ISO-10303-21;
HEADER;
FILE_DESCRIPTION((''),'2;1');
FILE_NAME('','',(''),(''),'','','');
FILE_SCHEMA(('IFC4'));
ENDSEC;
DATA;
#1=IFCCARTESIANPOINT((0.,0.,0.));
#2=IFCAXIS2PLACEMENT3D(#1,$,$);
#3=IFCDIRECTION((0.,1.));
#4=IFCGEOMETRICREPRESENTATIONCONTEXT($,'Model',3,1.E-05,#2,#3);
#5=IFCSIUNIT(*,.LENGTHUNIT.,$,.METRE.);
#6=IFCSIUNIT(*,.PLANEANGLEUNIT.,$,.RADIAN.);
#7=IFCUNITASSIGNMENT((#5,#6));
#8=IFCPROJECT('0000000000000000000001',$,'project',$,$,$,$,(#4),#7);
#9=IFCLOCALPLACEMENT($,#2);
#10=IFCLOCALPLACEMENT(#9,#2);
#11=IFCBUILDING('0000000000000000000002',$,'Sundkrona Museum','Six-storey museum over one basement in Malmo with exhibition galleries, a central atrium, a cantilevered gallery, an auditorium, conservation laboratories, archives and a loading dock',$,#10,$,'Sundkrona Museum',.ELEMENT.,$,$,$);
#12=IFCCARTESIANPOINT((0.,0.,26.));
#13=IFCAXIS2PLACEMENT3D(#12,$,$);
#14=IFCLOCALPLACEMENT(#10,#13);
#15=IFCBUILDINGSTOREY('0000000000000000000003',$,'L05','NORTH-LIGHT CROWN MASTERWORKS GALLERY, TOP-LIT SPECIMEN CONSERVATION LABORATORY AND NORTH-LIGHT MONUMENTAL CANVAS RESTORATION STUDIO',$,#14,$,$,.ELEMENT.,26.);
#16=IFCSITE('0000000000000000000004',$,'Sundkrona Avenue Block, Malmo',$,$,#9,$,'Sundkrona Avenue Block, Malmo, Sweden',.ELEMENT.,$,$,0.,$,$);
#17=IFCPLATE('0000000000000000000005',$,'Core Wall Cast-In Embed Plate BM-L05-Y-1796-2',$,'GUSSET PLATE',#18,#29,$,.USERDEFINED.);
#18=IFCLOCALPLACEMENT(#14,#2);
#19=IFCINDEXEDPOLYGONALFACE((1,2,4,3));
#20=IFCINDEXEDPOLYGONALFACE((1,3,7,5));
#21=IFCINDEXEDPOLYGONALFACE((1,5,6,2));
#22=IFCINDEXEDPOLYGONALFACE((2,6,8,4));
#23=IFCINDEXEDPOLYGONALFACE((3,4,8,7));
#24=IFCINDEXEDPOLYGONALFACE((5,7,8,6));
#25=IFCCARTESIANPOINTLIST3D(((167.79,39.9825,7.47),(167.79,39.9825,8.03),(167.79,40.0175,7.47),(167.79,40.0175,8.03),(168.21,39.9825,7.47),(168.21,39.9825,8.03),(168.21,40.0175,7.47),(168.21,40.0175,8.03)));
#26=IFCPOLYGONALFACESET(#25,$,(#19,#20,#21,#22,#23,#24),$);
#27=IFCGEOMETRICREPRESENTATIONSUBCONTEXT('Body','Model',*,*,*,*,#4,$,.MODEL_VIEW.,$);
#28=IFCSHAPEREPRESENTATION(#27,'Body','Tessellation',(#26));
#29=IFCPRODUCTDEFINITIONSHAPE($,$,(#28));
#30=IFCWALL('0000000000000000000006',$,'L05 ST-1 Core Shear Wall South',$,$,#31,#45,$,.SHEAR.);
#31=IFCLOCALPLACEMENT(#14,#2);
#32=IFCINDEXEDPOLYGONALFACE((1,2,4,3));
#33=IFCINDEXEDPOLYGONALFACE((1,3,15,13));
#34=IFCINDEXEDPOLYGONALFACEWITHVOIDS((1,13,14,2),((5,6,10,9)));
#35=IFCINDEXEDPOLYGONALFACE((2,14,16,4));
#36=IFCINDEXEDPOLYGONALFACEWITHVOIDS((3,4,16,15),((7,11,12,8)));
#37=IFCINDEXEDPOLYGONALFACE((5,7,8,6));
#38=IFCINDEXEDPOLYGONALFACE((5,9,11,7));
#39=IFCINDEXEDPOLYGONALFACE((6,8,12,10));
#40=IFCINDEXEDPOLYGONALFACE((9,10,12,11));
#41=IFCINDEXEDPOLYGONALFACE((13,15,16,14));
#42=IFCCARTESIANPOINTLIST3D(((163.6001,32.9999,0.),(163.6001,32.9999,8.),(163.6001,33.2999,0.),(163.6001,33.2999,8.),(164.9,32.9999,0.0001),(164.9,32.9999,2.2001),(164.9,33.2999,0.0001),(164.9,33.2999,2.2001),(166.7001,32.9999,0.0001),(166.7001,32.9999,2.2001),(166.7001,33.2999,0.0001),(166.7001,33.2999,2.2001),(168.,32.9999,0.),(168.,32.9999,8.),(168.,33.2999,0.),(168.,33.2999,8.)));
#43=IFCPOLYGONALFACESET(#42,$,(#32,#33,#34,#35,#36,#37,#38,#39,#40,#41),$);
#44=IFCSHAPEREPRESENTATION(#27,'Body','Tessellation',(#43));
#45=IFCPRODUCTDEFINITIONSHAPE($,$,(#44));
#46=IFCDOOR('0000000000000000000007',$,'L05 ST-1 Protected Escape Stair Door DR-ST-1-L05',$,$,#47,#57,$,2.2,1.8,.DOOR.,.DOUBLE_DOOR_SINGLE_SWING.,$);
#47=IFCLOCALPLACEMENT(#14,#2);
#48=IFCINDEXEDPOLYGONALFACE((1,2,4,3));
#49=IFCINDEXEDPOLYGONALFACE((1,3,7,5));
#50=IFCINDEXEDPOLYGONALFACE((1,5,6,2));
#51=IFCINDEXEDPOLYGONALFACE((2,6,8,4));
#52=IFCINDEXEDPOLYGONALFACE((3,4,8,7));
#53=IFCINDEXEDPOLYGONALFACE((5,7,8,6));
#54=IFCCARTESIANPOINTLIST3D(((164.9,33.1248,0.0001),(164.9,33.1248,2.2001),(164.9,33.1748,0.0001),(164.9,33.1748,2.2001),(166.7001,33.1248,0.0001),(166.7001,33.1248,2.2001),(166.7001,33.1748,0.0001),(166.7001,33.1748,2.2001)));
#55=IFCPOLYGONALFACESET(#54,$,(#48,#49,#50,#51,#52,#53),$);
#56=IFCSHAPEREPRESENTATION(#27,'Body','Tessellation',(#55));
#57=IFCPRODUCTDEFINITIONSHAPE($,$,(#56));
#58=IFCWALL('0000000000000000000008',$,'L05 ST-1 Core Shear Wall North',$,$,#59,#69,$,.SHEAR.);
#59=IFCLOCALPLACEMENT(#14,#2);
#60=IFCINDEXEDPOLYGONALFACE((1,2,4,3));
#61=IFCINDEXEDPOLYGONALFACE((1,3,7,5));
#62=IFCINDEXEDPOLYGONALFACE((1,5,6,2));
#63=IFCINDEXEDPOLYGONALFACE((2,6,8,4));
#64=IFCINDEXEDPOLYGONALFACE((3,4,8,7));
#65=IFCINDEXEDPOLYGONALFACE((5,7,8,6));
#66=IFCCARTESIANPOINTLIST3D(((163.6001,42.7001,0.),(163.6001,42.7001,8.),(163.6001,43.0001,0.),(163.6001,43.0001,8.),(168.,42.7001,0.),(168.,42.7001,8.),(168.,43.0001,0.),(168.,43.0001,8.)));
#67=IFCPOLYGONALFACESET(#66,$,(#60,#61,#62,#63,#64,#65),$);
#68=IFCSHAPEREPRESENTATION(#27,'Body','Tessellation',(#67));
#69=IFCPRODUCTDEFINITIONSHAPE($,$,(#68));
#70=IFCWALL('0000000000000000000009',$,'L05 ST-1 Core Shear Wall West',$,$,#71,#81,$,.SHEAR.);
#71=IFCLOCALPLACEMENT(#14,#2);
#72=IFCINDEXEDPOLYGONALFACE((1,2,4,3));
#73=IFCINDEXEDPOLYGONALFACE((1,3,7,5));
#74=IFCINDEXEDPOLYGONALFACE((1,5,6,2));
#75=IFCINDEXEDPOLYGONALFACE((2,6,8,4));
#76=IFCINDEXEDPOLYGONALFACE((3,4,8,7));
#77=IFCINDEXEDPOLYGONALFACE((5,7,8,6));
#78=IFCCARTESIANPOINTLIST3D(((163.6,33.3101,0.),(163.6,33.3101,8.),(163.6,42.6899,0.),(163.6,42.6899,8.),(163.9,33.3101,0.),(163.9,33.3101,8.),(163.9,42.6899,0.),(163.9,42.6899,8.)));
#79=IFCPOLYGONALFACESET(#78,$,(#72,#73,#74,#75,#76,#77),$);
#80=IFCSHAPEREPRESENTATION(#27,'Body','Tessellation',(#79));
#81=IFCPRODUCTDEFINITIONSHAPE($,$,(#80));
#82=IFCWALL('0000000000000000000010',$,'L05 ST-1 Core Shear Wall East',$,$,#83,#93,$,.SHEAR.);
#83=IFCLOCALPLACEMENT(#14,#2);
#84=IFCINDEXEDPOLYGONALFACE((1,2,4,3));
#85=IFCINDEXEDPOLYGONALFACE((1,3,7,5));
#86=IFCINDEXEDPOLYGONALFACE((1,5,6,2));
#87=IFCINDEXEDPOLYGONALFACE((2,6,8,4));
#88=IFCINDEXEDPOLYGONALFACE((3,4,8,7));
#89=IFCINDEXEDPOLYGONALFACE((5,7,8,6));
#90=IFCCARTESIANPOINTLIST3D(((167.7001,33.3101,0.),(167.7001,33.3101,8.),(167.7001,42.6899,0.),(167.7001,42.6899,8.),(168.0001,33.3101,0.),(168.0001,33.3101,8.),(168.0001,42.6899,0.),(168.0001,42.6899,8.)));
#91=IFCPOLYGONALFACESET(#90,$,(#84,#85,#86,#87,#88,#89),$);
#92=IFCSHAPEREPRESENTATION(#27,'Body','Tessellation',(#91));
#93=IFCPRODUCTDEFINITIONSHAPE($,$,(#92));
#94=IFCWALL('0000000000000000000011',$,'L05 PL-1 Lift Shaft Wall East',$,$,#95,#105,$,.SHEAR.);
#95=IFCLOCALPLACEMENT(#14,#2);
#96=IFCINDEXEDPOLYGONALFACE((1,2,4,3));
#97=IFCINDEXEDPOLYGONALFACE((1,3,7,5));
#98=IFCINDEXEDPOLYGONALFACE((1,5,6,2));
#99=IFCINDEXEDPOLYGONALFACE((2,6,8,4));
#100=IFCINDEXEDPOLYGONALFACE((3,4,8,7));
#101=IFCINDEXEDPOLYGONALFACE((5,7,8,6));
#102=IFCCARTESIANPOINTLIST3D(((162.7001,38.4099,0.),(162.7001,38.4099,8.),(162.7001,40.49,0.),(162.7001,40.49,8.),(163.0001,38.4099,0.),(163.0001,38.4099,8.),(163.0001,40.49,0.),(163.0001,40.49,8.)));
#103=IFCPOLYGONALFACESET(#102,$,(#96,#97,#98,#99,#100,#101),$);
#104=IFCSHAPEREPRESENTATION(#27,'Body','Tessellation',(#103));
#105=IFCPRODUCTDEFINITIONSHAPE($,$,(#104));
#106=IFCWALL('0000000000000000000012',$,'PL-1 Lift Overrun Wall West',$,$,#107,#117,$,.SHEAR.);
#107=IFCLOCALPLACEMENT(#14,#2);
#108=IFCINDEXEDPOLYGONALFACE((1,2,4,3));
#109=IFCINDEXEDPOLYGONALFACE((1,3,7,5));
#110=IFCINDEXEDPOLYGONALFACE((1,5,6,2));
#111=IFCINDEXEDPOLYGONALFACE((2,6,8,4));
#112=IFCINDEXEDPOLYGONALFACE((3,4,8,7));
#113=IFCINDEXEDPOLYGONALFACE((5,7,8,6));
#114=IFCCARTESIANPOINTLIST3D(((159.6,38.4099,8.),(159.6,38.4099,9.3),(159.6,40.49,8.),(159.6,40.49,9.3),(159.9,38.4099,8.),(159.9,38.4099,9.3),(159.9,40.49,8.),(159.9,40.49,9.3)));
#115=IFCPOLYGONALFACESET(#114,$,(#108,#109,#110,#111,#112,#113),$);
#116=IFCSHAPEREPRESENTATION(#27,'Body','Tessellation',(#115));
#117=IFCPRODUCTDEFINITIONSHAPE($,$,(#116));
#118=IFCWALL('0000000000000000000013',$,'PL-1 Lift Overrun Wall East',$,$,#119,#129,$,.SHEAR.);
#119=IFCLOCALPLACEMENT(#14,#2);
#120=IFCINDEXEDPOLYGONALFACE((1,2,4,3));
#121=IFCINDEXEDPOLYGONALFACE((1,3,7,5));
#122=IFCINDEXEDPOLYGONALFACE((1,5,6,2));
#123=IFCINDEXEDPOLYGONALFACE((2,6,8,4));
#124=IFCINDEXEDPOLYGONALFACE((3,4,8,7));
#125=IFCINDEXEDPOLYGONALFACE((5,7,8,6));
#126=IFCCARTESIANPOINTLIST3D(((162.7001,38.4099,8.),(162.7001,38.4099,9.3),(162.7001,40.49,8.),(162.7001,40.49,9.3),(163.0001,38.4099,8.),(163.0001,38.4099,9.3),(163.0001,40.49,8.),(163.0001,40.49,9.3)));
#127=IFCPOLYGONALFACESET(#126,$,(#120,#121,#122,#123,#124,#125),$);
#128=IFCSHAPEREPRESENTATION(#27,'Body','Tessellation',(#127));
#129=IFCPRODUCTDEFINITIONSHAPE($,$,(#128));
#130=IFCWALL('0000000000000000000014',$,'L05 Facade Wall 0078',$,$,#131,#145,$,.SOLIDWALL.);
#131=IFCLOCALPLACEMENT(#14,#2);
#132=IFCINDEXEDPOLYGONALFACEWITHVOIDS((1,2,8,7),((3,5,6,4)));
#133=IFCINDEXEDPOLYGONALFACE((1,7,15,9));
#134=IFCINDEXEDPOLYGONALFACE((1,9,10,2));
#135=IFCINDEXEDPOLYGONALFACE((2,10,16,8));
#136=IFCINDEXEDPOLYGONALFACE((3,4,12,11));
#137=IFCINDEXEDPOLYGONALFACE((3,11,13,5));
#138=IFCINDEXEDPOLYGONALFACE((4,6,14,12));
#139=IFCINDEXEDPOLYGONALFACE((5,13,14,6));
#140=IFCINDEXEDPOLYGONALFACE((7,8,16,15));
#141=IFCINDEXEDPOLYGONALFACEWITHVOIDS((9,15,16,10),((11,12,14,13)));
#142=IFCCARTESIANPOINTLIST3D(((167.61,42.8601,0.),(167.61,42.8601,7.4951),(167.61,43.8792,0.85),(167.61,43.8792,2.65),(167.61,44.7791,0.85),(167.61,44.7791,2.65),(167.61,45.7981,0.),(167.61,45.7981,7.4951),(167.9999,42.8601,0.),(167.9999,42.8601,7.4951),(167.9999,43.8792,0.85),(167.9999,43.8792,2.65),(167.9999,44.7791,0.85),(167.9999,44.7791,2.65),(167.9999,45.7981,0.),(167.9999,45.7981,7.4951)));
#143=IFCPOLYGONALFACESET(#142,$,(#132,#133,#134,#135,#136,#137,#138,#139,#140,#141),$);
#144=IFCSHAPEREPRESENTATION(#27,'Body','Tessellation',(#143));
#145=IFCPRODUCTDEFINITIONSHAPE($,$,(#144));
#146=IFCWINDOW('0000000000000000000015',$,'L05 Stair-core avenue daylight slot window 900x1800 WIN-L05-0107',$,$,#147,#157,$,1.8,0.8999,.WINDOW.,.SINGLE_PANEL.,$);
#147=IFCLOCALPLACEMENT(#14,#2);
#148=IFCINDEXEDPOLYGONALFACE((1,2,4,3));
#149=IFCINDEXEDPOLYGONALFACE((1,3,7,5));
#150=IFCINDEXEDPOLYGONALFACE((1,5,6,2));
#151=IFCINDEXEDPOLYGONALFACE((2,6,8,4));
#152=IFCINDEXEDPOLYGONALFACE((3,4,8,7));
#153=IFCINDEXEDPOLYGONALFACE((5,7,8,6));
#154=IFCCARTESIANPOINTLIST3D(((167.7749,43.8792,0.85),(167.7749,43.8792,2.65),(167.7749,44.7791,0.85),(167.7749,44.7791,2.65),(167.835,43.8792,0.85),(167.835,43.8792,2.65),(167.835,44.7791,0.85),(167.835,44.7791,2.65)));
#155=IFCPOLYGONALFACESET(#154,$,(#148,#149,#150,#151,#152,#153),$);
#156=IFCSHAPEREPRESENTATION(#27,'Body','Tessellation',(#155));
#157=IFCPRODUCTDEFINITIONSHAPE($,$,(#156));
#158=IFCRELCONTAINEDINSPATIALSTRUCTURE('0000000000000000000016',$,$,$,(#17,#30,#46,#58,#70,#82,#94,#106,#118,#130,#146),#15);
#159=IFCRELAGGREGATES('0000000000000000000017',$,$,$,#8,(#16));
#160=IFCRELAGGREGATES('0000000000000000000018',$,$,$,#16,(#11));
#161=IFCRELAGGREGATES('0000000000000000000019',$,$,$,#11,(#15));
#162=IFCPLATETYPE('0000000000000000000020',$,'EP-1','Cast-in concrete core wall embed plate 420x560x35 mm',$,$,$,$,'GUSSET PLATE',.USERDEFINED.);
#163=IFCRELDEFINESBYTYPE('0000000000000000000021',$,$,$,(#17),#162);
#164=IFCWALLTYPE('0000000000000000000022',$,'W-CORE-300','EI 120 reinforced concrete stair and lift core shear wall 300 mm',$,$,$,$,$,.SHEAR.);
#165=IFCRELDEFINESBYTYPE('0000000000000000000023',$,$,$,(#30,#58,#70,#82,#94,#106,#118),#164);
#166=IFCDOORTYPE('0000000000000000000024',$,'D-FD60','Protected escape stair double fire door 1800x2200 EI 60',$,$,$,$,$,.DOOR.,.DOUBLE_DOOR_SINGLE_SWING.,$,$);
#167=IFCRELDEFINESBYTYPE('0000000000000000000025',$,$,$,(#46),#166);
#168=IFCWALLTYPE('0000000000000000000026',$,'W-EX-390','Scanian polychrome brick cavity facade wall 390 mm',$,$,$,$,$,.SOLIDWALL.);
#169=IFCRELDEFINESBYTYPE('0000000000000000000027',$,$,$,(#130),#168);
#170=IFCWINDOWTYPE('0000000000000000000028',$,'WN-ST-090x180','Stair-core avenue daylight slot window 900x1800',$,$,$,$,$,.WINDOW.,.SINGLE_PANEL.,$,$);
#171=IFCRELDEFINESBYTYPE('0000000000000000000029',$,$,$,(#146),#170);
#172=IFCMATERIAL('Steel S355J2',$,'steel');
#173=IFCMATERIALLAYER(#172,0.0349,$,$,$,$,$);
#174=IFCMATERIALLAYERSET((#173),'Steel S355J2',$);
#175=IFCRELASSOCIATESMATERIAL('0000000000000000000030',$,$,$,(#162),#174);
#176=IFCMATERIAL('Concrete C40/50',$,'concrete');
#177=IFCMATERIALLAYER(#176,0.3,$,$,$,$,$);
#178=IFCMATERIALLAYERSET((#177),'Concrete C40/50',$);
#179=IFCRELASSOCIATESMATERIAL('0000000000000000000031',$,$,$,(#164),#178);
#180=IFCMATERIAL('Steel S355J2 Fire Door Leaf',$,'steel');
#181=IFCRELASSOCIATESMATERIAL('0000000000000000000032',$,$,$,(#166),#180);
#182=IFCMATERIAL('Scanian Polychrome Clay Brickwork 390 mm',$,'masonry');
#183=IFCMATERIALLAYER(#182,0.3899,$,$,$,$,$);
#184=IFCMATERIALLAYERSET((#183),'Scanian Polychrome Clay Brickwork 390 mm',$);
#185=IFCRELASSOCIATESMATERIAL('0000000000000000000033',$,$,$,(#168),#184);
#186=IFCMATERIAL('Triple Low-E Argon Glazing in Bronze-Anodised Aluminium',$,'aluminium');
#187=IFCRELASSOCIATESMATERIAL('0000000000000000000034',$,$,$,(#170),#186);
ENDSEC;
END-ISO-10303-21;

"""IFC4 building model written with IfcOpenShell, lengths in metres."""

from ifc_helpers import new_model, si_unit, direction, frame, frame_2d, origin, origin_2d, place, context, subcontext, project, spatial, rectangle, extrude, material, layer, layer_set, type_object, element, fill, save


model = new_model("IFC4")

# Units and contexts
model_context = context("Model", 3, precision=1e-05, world=origin(), true_north=direction((0.0, 1.0)))
body_context = subcontext(model_context, "Body", "Model", "MODEL_VIEW")
ifc_project = project(units=[si_unit("LENGTHUNIT", "METRE"), si_unit("PLANEANGLEUNIT", "RADIAN")], contexts=[model_context])

# Site, building, storey
site_placement = place(None, origin())
site = spatial("IfcSite", under=ifc_project, at=site_placement, Name="Sundkrona Avenue Block, Malmo", LongName="Sundkrona Avenue Block, Malmo, Sweden", CompositionType="ELEMENT", RefElevation=0.0)
building_placement = place(site_placement, origin())
building = spatial("IfcBuilding", under=site, at=building_placement, Name="Sundkrona Museum", Description="Six-storey museum over one basement in Malmo with exhibition galleries, a central atrium, a cantilevered gallery, an auditorium, conservation laboratories, archives and a loading dock", LongName="Sundkrona Museum", CompositionType="ELEMENT")
storey_placement = place(building_placement, frame((0.0, 0.0, 26.0)))
storey = spatial("IfcBuildingStorey", under=building, at=storey_placement, Name="L05", Description="NORTH-LIGHT CROWN MASTERWORKS GALLERY, TOP-LIT SPECIMEN CONSERVATION LABORATORY AND NORTH-LIGHT MONUMENTAL CANVAS RESTORATION STUDIO", CompositionType="ELEMENT", Elevation=26.0)

# Shared definitions
ifc_material_1 = material(Name="Steel S355J2", Category="steel")

# Plate
ifc_layer_1 = layer(ifc_material_1, 0.0349)
ifc_layer_set_1 = layer_set([ifc_layer_1], Name="Steel S355J2")
plate_type = type_object("IfcPlateType", Name="EP-1", Description="Cast-in concrete core wall embed plate 420x560x35 mm", ElementType="GUSSET PLATE", PredefinedType="USERDEFINED", material=ifc_layer_set_1)
plate_placement = place(storey_placement, frame((168.0, 40.0, 7.47), z_axis=(0.0, 0.0, 1.0), x_axis=(1.0, 0.0, 0.0)))
element("IfcPlate", 1, at=plate_placement, inside=storey, type_object=plate_type, Name="Core Wall Cast-In Embed Plate BM-L05-Y-1796-2", ObjectType="GUSSET PLATE", PredefinedType="USERDEFINED", context=body_context, shape_type="SweptSolid", body=[
    extrude(rectangle(XDim=0.4199, YDim=0.0349, at=origin_2d()), origin(), (0.0, 0.0, 1.0), 0.5601),
])

# Wall, opening, door
ifc_material_2 = material(Name="Concrete C40/50", Category="concrete")
ifc_layer_2 = layer(ifc_material_2, 0.3)
ifc_layer_set_2 = layer_set([ifc_layer_2], Name="Concrete C40/50")
wall_type_1 = type_object("IfcWallType", Name="W-CORE-300", Description="EI 120 reinforced concrete stair and lift core shear wall 300 mm", PredefinedType="SHEAR", material=ifc_layer_set_2)
wall_1_placement = place(storey_placement, frame((163.6001, 33.1499, 0.0), z_axis=(0.0, 0.0, 1.0), x_axis=(1.0, 0.0, 0.0)))
wall_1 = element("IfcWall", 2, at=wall_1_placement, inside=storey, type_object=wall_type_1, Name="L05 ST-1 Core Shear Wall South", PredefinedType="SHEAR", context=body_context, shape_type="SweptSolid", body=[
    extrude(rectangle(XDim=4.3999, YDim=0.3, at=frame_2d((2.2, 0.0))), origin(), (0.0, 0.0, 1.0), 8.0),
])
opening_1_placement = place(wall_1_placement, frame((1.3, 0.0, 0.0)))
opening_1 = element("IfcOpeningElement", 3, at=opening_1_placement, cuts=wall_1, PredefinedType="OPENING", context=body_context, shape_type="SweptSolid", body=[
    extrude(rectangle(XDim=1.8, YDim=2.2, at=frame_2d((0.8999, 1.1001))), frame((0.0, 0.1599, 0.0), z_axis=(0.0, -1.0, 0.0), x_axis=(1.0, 0.0, 0.0)), (0.0, 0.0, 1.0), 0.3201),
])
ifc_material_3 = material(Name="Steel S355J2 Fire Door Leaf", Category="steel")
door_type = type_object("IfcDoorType", Name="D-FD60", Description="Protected escape stair double fire door 1800x2200 EI 60", OperationType="DOUBLE_DOOR_SINGLE_SWING", PredefinedType="DOOR", material=ifc_material_3)
door_placement = place(opening_1_placement, origin())
door = element("IfcDoor", 4, at=door_placement, inside=storey, type_object=door_type, Name="L05 ST-1 Protected Escape Stair Door DR-ST-1-L05", OperationType="DOUBLE_DOOR_SINGLE_SWING", OverallHeight=2.2, OverallWidth=1.8, PredefinedType="DOOR", context=body_context, shape_type="SweptSolid", body=[
    extrude(rectangle(XDim=1.8, YDim=2.2, at=frame_2d((0.8999, 1.1001))), frame((0.0, 0.0249, 0.0), z_axis=(0.0, -1.0, 0.0), x_axis=(1.0, 0.0, 0.0)), (0.0, 0.0, 1.0), 0.05),
])
fill(opening_1, door)

# Walls
wall_2_placement = place(storey_placement, frame((163.6001, 42.8501, 0.0), z_axis=(0.0, 0.0, 1.0), x_axis=(1.0, 0.0, 0.0)))
element("IfcWall", 5, at=wall_2_placement, inside=storey, type_object=wall_type_1, Name="L05 ST-1 Core Shear Wall North", PredefinedType="SHEAR", context=body_context, shape_type="SweptSolid", body=[
    extrude(rectangle(XDim=4.3999, YDim=0.3, at=frame_2d((2.2, 0.0))), origin(), (0.0, 0.0, 1.0), 8.0),
])
for number, where, z_axis, x_axis, name in (
    (6, (163.75, 33.3101, 0.0), (0.0, 0.0, 1.0), (0.0, 1.0, 0.0), "L05 ST-1 Core Shear Wall West"),
    (7, (167.8501, 33.3101, 0.0), (0.0, 0.0, 1.0), (0.0, 1.0, 0.0), "L05 ST-1 Core Shear Wall East"),
):
    element("IfcWall", number, at=place(storey_placement, frame(where, z_axis=z_axis, x_axis=x_axis)), inside=storey, type_object=wall_type_1, Name=name, PredefinedType="SHEAR", context=body_context, shape_type="SweptSolid", body=[
        extrude(rectangle(XDim=9.3799, YDim=0.3, at=frame_2d((4.6899, 0.0))), origin(), (0.0, 0.0, 1.0), 8.0),
    ])
wall_3_placement = place(storey_placement, frame((162.8501, 38.4099, 0.0), z_axis=(0.0, 0.0, 1.0), x_axis=(0.0, 1.0, 0.0)))
element("IfcWall", 8, at=wall_3_placement, inside=storey, type_object=wall_type_1, Name="L05 PL-1 Lift Shaft Wall East", PredefinedType="SHEAR", context=body_context, shape_type="SweptSolid", body=[
    extrude(rectangle(XDim=2.0801, YDim=0.3, at=frame_2d((1.04, 0.0))), origin(), (0.0, 0.0, 1.0), 8.0),
])
for number, where, z_axis, x_axis, name in (
    (9, (159.75, 38.4099, 8.0), (0.0, 0.0, 1.0), (0.0, 1.0, 0.0), "PL-1 Lift Overrun Wall West"),
    (10, (162.8501, 38.4099, 8.0), (0.0, 0.0, 1.0), (0.0, 1.0, 0.0), "PL-1 Lift Overrun Wall East"),
):
    element("IfcWall", number, at=place(storey_placement, frame(where, z_axis=z_axis, x_axis=x_axis)), inside=storey, type_object=wall_type_1, Name=name, PredefinedType="SHEAR", context=body_context, shape_type="SweptSolid", body=[
        extrude(rectangle(XDim=2.0801, YDim=0.3, at=frame_2d((1.04, 0.0))), origin(), (0.0, 0.0, 1.0), 1.3),
    ])

# Wall, opening, window
ifc_material_4 = material(Name="Scanian Polychrome Clay Brickwork 390 mm", Category="masonry")
ifc_layer_3 = layer(ifc_material_4, 0.3899)
ifc_layer_set_3 = layer_set([ifc_layer_3], Name="Scanian Polychrome Clay Brickwork 390 mm")
wall_type_2 = type_object("IfcWallType", Name="W-EX-390", Description="Scanian polychrome brick cavity facade wall 390 mm", PredefinedType="SOLIDWALL", material=ifc_layer_set_3)
wall_4_placement = place(storey_placement, frame((167.8049, 45.7981, 0.0), z_axis=(0.0, 0.0, 1.0), x_axis=(0.0, -1.0, 0.0)))
wall_4 = element("IfcWall", 11, at=wall_4_placement, inside=storey, type_object=wall_type_2, Name="L05 Facade Wall 0078", PredefinedType="SOLIDWALL", context=body_context, shape_type="SweptSolid", body=[
    extrude(rectangle(XDim=2.938, YDim=0.3899, at=frame_2d((1.469, 0.0))), origin(), (0.0, 0.0, 1.0), 7.4951),
])
opening_2_placement = place(wall_4_placement, frame((1.019, 0.0, 0.8501)))
opening_2 = element("IfcOpeningElement", 12, at=opening_2_placement, cuts=wall_4, PredefinedType="OPENING", context=body_context, shape_type="SweptSolid", body=[
    extrude(rectangle(XDim=0.8999, YDim=1.8, at=frame_2d((0.45, 0.8999))), frame((0.0, 0.2048, 0.0), z_axis=(0.0, -1.0, 0.0), x_axis=(1.0, 0.0, 0.0)), (0.0, 0.0, 1.0), 0.4099),
])
ifc_material_5 = material(Name="Triple Low-E Argon Glazing in Bronze-Anodised Aluminium", Category="aluminium")
window_type_1 = type_object("IfcWindowType", Name="WN-ST-090x180", Description="Stair-core avenue daylight slot window 900x1800", PartitioningType="SINGLE_PANEL", PredefinedType="WINDOW", material=ifc_material_5)
window_1_placement = place(opening_2_placement, origin())
window_1 = element("IfcWindow", 13, at=window_1_placement, inside=storey, type_object=window_type_1, Name="L05 Stair-core avenue daylight slot window 900x1800 WIN-L05-0107", OverallHeight=1.8, OverallWidth=0.8999, PartitioningType="SINGLE_PANEL", PredefinedType="WINDOW", context=body_context, shape_type="SweptSolid", body=[
    extrude(rectangle(XDim=0.8999, YDim=1.8, at=frame_2d((0.45, 0.8999))), frame((0.0, 0.03, 0.0), z_axis=(0.0, -1.0, 0.0), x_axis=(1.0, 0.0, 0.0)), (0.0, 0.0, 1.0), 0.0601),
])
fill(opening_2, window_1)

save(model, "model.ifc")
